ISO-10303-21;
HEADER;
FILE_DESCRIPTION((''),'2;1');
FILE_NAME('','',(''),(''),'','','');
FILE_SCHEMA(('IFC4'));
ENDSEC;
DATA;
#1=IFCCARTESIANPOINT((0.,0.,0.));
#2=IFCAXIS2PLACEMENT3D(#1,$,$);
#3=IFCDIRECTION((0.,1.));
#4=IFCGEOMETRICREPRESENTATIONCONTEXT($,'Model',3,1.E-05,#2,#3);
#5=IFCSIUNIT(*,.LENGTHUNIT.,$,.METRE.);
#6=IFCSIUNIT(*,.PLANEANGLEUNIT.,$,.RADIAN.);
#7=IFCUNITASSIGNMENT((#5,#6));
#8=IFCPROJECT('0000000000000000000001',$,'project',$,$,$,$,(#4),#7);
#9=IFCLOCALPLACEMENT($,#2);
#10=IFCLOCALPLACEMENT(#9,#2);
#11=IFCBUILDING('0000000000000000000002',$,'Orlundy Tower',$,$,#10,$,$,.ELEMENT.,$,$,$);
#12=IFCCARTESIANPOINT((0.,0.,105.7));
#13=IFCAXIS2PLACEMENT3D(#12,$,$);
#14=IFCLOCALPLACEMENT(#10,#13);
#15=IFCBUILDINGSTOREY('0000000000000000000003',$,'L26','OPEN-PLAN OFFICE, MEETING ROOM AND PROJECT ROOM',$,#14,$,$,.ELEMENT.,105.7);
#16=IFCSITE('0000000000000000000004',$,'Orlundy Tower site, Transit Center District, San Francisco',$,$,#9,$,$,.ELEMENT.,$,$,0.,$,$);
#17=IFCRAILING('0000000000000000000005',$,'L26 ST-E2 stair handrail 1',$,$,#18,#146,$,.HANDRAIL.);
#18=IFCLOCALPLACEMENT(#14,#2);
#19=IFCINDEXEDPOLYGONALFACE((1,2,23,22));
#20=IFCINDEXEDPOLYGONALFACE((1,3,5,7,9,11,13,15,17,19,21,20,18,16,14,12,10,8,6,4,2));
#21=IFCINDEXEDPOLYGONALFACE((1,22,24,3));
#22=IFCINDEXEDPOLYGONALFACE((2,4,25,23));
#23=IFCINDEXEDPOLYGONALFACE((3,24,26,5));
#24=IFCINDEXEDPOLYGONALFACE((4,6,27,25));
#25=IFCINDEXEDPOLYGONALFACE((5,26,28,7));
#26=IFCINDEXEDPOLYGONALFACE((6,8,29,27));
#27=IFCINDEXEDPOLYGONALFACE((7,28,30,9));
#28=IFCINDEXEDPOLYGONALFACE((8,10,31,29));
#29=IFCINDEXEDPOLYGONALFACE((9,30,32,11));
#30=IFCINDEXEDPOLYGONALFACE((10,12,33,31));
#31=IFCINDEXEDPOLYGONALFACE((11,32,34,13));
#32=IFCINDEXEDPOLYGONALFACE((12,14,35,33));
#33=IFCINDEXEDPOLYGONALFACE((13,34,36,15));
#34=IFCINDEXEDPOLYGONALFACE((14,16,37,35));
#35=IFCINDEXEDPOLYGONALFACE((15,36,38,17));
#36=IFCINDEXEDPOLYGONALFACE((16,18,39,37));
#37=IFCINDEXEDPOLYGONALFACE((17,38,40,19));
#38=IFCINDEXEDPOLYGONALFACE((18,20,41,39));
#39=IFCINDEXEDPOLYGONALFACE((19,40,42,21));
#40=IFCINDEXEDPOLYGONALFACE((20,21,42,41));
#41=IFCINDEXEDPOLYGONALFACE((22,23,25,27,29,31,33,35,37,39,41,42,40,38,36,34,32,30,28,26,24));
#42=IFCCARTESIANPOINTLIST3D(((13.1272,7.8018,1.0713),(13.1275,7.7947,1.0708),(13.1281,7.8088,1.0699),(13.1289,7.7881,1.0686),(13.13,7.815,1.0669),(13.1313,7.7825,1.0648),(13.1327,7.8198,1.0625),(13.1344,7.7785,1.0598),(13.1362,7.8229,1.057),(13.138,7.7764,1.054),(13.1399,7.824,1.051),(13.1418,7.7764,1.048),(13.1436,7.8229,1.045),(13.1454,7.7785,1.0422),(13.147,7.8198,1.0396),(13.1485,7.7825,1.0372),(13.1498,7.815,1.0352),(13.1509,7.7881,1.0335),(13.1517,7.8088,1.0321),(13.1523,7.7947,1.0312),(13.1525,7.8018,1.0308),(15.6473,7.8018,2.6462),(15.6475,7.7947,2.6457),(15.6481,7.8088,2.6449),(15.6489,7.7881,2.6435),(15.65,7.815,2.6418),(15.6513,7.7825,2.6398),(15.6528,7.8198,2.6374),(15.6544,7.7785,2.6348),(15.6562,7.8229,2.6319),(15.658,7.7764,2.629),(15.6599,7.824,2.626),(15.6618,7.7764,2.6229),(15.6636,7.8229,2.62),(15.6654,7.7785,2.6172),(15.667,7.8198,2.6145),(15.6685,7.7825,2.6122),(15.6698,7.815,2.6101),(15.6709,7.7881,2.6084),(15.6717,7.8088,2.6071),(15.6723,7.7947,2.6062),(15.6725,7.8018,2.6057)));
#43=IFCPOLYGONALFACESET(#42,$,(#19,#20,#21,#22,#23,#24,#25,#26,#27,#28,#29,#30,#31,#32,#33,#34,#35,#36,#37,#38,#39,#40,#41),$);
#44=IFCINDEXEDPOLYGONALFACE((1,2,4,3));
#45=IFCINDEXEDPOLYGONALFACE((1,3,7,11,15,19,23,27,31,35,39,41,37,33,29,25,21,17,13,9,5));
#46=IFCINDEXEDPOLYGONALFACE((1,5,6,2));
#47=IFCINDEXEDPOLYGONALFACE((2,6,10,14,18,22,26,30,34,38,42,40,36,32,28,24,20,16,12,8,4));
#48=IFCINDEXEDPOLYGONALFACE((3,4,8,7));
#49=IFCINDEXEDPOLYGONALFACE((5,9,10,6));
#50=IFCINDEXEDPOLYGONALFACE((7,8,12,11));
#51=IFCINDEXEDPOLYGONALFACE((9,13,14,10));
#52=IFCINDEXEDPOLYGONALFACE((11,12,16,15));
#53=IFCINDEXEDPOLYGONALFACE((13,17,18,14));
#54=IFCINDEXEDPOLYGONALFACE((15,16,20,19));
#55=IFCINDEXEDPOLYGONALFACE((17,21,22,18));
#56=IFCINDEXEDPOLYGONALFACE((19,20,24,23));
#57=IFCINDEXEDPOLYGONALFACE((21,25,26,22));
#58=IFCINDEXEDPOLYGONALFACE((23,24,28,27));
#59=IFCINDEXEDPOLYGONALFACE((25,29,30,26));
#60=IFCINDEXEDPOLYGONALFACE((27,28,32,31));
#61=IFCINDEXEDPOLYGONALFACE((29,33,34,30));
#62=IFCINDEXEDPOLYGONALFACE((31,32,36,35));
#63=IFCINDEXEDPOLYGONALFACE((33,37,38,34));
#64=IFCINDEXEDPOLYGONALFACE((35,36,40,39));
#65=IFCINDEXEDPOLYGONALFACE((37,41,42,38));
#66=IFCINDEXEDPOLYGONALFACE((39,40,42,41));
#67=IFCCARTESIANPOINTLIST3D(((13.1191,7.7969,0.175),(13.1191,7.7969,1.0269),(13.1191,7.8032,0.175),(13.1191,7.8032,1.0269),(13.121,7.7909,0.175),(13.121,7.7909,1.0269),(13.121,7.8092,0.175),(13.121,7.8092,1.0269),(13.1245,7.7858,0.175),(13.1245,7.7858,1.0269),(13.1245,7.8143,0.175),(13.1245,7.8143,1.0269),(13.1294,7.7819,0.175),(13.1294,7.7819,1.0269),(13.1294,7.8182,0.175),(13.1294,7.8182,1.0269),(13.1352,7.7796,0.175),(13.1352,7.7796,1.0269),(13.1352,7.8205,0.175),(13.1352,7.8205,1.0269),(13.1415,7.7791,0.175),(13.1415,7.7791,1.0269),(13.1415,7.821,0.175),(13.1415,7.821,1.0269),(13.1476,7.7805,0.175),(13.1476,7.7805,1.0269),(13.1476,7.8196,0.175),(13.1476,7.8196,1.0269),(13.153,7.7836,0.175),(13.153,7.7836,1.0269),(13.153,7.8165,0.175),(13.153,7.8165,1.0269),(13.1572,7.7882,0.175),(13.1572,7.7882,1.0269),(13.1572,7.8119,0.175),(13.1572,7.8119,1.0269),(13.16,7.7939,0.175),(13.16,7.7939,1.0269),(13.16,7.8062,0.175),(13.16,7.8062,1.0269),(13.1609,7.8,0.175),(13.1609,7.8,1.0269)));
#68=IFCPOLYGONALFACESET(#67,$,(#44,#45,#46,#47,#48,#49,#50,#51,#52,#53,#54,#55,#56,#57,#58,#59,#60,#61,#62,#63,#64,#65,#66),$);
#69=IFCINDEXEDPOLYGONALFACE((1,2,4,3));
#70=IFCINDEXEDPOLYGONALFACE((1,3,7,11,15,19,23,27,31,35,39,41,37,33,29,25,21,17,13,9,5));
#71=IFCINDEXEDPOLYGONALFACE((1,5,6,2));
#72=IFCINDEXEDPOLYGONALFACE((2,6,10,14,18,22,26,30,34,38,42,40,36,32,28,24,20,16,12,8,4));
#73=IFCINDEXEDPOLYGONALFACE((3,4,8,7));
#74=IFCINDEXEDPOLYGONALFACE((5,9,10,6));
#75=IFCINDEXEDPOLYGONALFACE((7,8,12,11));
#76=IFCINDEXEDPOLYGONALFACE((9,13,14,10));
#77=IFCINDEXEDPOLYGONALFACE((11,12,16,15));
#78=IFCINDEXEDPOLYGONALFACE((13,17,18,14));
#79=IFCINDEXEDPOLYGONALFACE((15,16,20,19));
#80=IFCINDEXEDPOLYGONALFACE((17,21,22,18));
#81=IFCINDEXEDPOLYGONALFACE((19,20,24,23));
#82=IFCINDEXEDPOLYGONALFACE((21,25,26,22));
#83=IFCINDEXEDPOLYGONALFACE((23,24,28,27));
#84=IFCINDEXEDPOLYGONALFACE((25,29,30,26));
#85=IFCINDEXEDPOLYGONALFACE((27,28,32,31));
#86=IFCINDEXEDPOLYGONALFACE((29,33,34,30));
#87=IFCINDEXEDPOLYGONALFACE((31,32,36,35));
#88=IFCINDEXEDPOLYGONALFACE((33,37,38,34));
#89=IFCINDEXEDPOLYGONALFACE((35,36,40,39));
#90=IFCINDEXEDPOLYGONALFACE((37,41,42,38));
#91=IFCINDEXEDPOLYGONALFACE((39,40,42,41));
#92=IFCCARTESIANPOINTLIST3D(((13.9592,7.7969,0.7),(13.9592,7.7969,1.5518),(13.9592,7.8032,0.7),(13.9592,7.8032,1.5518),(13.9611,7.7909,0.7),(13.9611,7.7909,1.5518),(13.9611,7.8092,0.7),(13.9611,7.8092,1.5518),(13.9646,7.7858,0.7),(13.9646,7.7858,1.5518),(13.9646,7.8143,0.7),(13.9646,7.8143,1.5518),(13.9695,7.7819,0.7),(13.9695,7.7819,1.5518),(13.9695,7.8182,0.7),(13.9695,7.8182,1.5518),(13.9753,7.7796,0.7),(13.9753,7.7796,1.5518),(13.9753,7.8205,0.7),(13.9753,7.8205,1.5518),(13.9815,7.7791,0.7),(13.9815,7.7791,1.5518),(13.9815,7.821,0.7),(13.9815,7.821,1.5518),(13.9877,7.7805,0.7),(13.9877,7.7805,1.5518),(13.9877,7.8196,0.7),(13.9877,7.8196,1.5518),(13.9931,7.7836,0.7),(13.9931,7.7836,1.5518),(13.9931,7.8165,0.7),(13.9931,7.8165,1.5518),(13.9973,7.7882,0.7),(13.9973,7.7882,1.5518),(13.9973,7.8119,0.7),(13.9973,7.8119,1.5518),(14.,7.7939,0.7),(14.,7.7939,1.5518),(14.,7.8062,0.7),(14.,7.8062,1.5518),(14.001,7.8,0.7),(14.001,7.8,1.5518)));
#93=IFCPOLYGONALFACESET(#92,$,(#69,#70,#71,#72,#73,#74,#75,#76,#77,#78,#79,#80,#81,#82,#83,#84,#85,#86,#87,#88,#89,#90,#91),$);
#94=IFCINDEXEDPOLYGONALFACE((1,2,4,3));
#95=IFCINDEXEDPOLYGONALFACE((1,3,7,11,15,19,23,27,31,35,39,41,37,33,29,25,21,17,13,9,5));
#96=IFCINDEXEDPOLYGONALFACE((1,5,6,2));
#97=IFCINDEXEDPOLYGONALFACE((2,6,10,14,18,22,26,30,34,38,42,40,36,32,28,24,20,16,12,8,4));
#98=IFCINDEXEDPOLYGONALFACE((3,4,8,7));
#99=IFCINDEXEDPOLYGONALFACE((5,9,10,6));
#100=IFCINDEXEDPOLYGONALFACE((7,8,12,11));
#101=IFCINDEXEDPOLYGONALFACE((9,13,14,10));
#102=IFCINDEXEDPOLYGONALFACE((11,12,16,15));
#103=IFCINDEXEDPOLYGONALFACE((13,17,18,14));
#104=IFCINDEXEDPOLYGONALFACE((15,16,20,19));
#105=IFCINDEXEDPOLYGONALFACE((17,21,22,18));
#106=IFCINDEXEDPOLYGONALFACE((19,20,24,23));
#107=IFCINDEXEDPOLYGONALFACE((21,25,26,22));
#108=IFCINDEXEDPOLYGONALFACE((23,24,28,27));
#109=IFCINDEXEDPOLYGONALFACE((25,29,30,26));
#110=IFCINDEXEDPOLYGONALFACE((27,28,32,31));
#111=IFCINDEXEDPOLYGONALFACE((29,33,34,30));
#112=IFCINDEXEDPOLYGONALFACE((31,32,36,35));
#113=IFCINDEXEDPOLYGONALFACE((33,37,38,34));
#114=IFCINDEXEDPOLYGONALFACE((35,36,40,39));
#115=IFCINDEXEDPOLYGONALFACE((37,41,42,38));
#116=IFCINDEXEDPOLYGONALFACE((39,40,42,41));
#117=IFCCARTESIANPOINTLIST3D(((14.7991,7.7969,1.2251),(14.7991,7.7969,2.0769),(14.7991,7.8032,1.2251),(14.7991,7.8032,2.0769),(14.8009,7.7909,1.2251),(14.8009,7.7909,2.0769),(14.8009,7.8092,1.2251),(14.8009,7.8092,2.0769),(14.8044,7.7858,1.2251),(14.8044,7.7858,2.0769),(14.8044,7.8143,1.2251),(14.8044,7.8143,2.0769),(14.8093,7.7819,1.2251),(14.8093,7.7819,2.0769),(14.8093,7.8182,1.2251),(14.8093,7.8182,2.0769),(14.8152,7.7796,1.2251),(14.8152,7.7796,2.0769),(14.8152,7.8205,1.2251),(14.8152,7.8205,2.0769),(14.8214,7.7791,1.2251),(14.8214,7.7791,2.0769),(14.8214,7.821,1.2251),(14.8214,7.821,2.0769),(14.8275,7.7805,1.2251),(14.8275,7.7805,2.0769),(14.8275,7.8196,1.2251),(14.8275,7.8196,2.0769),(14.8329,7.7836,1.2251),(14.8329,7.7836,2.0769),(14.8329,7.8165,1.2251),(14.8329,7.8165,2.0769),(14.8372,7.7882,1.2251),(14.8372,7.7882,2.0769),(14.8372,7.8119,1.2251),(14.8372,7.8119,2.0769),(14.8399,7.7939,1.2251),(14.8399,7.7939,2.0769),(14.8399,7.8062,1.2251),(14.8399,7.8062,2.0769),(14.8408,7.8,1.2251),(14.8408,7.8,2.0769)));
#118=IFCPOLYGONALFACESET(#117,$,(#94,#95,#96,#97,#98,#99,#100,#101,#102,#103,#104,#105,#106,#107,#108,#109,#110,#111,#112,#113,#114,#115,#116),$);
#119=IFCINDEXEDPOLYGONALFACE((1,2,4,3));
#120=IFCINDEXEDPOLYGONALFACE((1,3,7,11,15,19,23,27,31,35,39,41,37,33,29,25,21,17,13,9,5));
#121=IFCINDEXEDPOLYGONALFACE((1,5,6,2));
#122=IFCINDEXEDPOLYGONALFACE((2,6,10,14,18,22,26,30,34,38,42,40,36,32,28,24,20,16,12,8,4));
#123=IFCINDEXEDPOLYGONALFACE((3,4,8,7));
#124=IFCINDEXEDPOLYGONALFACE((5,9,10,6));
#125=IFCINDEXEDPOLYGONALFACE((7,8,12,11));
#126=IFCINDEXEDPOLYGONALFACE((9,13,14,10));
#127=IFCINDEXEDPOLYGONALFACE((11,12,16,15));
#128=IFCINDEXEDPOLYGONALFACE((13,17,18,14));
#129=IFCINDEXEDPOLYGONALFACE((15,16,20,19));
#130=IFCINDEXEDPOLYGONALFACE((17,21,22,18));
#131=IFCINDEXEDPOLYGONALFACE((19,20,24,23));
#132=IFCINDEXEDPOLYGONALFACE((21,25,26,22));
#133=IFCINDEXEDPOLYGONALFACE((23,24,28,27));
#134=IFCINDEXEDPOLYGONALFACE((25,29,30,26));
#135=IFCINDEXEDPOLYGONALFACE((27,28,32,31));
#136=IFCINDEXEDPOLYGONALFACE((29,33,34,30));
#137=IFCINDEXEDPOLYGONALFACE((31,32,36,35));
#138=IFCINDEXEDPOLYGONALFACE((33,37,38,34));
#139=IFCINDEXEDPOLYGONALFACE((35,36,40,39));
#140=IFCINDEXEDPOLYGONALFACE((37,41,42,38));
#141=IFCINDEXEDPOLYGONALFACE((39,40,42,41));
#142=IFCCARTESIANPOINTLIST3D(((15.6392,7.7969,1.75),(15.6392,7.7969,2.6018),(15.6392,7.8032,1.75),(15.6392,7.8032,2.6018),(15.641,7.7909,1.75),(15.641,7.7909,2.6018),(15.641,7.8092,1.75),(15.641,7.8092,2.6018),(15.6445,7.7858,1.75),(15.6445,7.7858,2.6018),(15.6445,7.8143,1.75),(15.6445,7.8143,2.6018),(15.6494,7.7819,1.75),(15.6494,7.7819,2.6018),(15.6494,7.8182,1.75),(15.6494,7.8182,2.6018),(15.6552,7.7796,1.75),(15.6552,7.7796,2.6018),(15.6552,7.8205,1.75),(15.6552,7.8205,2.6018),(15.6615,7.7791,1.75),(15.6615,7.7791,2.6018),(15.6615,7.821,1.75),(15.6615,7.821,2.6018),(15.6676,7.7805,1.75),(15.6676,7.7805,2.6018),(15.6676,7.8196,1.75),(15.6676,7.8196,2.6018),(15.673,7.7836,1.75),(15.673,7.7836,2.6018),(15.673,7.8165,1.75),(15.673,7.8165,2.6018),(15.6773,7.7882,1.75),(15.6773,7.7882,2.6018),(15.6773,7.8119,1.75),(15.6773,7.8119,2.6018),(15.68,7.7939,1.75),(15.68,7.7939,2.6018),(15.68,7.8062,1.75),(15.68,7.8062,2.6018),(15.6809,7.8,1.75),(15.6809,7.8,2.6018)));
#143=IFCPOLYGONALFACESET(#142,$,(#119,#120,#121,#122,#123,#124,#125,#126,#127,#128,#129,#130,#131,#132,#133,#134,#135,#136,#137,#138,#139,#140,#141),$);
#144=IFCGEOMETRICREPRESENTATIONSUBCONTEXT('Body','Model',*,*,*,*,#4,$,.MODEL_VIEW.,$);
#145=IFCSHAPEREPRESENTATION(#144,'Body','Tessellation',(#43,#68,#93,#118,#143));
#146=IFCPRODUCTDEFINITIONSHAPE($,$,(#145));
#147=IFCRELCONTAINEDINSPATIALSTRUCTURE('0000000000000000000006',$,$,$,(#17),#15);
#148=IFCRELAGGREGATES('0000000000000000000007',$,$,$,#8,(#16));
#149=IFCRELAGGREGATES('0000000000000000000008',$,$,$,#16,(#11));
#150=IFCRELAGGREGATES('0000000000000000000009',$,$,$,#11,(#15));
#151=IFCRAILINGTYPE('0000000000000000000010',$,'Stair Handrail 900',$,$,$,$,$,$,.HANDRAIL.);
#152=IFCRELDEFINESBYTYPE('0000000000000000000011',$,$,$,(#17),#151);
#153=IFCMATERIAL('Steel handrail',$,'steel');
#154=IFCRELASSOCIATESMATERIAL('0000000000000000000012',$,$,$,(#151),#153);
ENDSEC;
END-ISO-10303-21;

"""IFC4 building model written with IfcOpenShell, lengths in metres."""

from ifc_helpers import new_model, si_unit, direction, frame, origin, origin_2d, place, context, subcontext, project, spatial, circle, extrude, material, type_object, element, save


model = new_model("IFC4")

# Units and contexts
model_context = context("Model", 3, precision=1e-05, world=origin(), true_north=direction((0.0, 1.0)))
body_context = subcontext(model_context, "Body", "Model", "MODEL_VIEW")
ifc_project = project(units=[si_unit("LENGTHUNIT", "METRE"), si_unit("PLANEANGLEUNIT", "RADIAN")], contexts=[model_context])

# Site, building, storey
site_placement = place(None, origin())
site = spatial("IfcSite", under=ifc_project, at=site_placement, Name="Orlundy Tower site, Transit Center District, San Francisco", CompositionType="ELEMENT", RefElevation=0.0)
building_placement = place(site_placement, origin())
building = spatial("IfcBuilding", under=site, at=building_placement, Name="Orlundy Tower", CompositionType="ELEMENT")
storey_placement = place(building_placement, frame((0.0, 0.0, 105.7)))
storey = spatial("IfcBuildingStorey", under=building, at=storey_placement, Name="L26", Description="OPEN-PLAN OFFICE, MEETING ROOM AND PROJECT ROOM", CompositionType="ELEMENT", Elevation=105.7)

# Railing
ifc_material_1 = material(Name="Steel handrail", Category="steel")
railing_type = type_object("IfcRailingType", Name="Stair Handrail 900", PredefinedType="HANDRAIL", material=ifc_material_1)
railing_placement = place(storey_placement, frame((13.1399, 7.8, 0.175)))
element("IfcRailing", 1, at=railing_placement, inside=storey, type_object=railing_type, Name="L26 ST-E2 stair handrail 1", PredefinedType="HANDRAIL", context=body_context, shape_type="SweptSolid", body=[
    extrude(circle(Radius=0.0239, at=origin_2d()), frame((0.0, 0.0, 0.876), z_axis=(0.848008, 0.0, 0.529984), x_axis=(0.0, 1.0, 0.0)), (0.0, 0.0, 1.0), 2.9717),
    extrude(circle(Radius=0.021, at=origin_2d()), origin(), (0.0, 0.0, 1.0), 0.8518),
    extrude(circle(Radius=0.021, at=origin_2d()), frame((0.8401, 0.0, 0.5249)), (0.0, 0.0, 1.0), 0.8518),
    extrude(circle(Radius=0.021, at=origin_2d()), frame((1.6799, 0.0, 1.05)), (0.0, 0.0, 1.0), 0.8518),
    extrude(circle(Radius=0.021, at=origin_2d()), frame((2.52, 0.0, 1.575)), (0.0, 0.0, 1.0), 0.8518),
])

save(model, "model.ifc")
